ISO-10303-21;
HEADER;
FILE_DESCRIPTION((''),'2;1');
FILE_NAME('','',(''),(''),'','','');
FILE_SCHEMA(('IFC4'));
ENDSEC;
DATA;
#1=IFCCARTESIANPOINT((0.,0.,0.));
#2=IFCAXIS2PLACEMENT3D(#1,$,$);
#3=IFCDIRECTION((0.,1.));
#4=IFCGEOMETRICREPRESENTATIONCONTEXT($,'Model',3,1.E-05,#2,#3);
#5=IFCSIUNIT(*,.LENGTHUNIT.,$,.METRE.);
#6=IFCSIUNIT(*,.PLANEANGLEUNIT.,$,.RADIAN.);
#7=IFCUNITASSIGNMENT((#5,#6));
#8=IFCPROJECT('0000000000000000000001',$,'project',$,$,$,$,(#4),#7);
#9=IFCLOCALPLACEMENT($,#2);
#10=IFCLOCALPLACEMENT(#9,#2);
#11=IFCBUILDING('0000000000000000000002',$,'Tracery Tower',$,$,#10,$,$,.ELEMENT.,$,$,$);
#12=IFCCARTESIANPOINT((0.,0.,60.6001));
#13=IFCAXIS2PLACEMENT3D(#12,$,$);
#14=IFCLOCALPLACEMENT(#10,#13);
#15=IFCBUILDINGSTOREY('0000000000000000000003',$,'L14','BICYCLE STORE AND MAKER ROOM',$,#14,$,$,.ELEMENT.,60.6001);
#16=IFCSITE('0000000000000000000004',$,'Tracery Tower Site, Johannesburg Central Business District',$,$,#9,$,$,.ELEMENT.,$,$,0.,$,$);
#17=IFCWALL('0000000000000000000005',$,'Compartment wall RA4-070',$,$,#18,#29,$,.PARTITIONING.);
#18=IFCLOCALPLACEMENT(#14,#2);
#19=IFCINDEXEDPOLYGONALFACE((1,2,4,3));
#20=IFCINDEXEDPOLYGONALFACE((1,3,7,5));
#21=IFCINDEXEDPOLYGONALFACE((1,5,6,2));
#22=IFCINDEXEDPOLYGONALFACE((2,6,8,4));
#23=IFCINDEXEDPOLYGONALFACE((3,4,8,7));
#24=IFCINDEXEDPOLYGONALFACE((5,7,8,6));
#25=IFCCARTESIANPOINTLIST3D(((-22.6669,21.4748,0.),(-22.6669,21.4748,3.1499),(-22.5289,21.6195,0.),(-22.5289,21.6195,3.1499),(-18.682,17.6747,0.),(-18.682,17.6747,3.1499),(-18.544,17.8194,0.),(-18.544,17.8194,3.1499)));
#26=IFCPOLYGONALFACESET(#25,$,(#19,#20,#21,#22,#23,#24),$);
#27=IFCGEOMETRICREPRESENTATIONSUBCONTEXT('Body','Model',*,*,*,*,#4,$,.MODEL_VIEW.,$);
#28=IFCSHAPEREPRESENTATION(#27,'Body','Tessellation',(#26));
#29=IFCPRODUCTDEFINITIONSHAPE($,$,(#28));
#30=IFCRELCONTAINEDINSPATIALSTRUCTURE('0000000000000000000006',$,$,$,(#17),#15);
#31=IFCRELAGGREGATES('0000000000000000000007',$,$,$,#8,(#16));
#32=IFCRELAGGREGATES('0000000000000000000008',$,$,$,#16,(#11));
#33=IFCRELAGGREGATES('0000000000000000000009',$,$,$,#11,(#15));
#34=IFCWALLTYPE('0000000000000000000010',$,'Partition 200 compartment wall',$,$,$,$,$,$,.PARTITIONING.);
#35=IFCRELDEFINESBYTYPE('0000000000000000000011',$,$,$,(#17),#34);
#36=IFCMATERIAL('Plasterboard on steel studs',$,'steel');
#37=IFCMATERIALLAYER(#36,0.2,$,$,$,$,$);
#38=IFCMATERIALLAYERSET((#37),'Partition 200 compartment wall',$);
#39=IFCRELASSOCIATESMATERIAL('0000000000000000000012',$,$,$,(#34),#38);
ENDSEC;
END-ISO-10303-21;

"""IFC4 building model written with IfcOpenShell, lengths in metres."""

from ifc_helpers import new_model, si_unit, direction, frame, frame_2d, origin, place, context, subcontext, project, spatial, rectangle, extrude, material, layer, layer_set, type_object, element, save


model = new_model("IFC4")

# Units and contexts
model_context = context("Model", 3, precision=1e-05, world=origin(), true_north=direction((0.0, 1.0)))
body_context = subcontext(model_context, "Body", "Model", "MODEL_VIEW")
ifc_project = project(units=[si_unit("LENGTHUNIT", "METRE"), si_unit("PLANEANGLEUNIT", "RADIAN")], contexts=[model_context])

# Site, building, storey
site_placement = place(None, origin())
site = spatial("IfcSite", under=ifc_project, at=site_placement, Name="Tracery Tower Site, Johannesburg Central Business District", CompositionType="ELEMENT", RefElevation=0.0)
building_placement = place(site_placement, origin())
building = spatial("IfcBuilding", under=site, at=building_placement, Name="Tracery Tower", CompositionType="ELEMENT")
storey_placement = place(building_placement, frame((0.0, 0.0, 60.6001)))
storey = spatial("IfcBuildingStorey", under=building, at=storey_placement, Name="L14", Description="BICYCLE STORE AND MAKER ROOM", CompositionType="ELEMENT", Elevation=60.6001)

# Wall
ifc_material_1 = material(Name="Plasterboard on steel studs", Category="steel")
ifc_layer_1 = layer(ifc_material_1, 0.2)
ifc_layer_set_1 = layer_set([ifc_layer_1], Name="Partition 200 compartment wall")
wall_type_1 = type_object("IfcWallType", Name="Partition 200 compartment wall", PredefinedType="PARTITIONING", material=ifc_layer_set_1)
wall_1_placement = place(storey_placement, frame((-22.5979, 21.5471, 0.0), z_axis=(0.0, 0.0, 1.0), x_axis=(0.72369, -0.690126, 0.0)))
element("IfcWall", 1, at=wall_1_placement, inside=storey, type_object=wall_type_1, Name="Compartment wall RA4-070", PredefinedType="PARTITIONING", context=body_context, shape_type="SweptSolid", body=[
    extrude(rectangle(XDim=5.5063, YDim=0.2, at=frame_2d((2.7532, 0.0))), origin(), (0.0, 0.0, 1.0), 3.1499),
])

save(model, "model.ifc")
